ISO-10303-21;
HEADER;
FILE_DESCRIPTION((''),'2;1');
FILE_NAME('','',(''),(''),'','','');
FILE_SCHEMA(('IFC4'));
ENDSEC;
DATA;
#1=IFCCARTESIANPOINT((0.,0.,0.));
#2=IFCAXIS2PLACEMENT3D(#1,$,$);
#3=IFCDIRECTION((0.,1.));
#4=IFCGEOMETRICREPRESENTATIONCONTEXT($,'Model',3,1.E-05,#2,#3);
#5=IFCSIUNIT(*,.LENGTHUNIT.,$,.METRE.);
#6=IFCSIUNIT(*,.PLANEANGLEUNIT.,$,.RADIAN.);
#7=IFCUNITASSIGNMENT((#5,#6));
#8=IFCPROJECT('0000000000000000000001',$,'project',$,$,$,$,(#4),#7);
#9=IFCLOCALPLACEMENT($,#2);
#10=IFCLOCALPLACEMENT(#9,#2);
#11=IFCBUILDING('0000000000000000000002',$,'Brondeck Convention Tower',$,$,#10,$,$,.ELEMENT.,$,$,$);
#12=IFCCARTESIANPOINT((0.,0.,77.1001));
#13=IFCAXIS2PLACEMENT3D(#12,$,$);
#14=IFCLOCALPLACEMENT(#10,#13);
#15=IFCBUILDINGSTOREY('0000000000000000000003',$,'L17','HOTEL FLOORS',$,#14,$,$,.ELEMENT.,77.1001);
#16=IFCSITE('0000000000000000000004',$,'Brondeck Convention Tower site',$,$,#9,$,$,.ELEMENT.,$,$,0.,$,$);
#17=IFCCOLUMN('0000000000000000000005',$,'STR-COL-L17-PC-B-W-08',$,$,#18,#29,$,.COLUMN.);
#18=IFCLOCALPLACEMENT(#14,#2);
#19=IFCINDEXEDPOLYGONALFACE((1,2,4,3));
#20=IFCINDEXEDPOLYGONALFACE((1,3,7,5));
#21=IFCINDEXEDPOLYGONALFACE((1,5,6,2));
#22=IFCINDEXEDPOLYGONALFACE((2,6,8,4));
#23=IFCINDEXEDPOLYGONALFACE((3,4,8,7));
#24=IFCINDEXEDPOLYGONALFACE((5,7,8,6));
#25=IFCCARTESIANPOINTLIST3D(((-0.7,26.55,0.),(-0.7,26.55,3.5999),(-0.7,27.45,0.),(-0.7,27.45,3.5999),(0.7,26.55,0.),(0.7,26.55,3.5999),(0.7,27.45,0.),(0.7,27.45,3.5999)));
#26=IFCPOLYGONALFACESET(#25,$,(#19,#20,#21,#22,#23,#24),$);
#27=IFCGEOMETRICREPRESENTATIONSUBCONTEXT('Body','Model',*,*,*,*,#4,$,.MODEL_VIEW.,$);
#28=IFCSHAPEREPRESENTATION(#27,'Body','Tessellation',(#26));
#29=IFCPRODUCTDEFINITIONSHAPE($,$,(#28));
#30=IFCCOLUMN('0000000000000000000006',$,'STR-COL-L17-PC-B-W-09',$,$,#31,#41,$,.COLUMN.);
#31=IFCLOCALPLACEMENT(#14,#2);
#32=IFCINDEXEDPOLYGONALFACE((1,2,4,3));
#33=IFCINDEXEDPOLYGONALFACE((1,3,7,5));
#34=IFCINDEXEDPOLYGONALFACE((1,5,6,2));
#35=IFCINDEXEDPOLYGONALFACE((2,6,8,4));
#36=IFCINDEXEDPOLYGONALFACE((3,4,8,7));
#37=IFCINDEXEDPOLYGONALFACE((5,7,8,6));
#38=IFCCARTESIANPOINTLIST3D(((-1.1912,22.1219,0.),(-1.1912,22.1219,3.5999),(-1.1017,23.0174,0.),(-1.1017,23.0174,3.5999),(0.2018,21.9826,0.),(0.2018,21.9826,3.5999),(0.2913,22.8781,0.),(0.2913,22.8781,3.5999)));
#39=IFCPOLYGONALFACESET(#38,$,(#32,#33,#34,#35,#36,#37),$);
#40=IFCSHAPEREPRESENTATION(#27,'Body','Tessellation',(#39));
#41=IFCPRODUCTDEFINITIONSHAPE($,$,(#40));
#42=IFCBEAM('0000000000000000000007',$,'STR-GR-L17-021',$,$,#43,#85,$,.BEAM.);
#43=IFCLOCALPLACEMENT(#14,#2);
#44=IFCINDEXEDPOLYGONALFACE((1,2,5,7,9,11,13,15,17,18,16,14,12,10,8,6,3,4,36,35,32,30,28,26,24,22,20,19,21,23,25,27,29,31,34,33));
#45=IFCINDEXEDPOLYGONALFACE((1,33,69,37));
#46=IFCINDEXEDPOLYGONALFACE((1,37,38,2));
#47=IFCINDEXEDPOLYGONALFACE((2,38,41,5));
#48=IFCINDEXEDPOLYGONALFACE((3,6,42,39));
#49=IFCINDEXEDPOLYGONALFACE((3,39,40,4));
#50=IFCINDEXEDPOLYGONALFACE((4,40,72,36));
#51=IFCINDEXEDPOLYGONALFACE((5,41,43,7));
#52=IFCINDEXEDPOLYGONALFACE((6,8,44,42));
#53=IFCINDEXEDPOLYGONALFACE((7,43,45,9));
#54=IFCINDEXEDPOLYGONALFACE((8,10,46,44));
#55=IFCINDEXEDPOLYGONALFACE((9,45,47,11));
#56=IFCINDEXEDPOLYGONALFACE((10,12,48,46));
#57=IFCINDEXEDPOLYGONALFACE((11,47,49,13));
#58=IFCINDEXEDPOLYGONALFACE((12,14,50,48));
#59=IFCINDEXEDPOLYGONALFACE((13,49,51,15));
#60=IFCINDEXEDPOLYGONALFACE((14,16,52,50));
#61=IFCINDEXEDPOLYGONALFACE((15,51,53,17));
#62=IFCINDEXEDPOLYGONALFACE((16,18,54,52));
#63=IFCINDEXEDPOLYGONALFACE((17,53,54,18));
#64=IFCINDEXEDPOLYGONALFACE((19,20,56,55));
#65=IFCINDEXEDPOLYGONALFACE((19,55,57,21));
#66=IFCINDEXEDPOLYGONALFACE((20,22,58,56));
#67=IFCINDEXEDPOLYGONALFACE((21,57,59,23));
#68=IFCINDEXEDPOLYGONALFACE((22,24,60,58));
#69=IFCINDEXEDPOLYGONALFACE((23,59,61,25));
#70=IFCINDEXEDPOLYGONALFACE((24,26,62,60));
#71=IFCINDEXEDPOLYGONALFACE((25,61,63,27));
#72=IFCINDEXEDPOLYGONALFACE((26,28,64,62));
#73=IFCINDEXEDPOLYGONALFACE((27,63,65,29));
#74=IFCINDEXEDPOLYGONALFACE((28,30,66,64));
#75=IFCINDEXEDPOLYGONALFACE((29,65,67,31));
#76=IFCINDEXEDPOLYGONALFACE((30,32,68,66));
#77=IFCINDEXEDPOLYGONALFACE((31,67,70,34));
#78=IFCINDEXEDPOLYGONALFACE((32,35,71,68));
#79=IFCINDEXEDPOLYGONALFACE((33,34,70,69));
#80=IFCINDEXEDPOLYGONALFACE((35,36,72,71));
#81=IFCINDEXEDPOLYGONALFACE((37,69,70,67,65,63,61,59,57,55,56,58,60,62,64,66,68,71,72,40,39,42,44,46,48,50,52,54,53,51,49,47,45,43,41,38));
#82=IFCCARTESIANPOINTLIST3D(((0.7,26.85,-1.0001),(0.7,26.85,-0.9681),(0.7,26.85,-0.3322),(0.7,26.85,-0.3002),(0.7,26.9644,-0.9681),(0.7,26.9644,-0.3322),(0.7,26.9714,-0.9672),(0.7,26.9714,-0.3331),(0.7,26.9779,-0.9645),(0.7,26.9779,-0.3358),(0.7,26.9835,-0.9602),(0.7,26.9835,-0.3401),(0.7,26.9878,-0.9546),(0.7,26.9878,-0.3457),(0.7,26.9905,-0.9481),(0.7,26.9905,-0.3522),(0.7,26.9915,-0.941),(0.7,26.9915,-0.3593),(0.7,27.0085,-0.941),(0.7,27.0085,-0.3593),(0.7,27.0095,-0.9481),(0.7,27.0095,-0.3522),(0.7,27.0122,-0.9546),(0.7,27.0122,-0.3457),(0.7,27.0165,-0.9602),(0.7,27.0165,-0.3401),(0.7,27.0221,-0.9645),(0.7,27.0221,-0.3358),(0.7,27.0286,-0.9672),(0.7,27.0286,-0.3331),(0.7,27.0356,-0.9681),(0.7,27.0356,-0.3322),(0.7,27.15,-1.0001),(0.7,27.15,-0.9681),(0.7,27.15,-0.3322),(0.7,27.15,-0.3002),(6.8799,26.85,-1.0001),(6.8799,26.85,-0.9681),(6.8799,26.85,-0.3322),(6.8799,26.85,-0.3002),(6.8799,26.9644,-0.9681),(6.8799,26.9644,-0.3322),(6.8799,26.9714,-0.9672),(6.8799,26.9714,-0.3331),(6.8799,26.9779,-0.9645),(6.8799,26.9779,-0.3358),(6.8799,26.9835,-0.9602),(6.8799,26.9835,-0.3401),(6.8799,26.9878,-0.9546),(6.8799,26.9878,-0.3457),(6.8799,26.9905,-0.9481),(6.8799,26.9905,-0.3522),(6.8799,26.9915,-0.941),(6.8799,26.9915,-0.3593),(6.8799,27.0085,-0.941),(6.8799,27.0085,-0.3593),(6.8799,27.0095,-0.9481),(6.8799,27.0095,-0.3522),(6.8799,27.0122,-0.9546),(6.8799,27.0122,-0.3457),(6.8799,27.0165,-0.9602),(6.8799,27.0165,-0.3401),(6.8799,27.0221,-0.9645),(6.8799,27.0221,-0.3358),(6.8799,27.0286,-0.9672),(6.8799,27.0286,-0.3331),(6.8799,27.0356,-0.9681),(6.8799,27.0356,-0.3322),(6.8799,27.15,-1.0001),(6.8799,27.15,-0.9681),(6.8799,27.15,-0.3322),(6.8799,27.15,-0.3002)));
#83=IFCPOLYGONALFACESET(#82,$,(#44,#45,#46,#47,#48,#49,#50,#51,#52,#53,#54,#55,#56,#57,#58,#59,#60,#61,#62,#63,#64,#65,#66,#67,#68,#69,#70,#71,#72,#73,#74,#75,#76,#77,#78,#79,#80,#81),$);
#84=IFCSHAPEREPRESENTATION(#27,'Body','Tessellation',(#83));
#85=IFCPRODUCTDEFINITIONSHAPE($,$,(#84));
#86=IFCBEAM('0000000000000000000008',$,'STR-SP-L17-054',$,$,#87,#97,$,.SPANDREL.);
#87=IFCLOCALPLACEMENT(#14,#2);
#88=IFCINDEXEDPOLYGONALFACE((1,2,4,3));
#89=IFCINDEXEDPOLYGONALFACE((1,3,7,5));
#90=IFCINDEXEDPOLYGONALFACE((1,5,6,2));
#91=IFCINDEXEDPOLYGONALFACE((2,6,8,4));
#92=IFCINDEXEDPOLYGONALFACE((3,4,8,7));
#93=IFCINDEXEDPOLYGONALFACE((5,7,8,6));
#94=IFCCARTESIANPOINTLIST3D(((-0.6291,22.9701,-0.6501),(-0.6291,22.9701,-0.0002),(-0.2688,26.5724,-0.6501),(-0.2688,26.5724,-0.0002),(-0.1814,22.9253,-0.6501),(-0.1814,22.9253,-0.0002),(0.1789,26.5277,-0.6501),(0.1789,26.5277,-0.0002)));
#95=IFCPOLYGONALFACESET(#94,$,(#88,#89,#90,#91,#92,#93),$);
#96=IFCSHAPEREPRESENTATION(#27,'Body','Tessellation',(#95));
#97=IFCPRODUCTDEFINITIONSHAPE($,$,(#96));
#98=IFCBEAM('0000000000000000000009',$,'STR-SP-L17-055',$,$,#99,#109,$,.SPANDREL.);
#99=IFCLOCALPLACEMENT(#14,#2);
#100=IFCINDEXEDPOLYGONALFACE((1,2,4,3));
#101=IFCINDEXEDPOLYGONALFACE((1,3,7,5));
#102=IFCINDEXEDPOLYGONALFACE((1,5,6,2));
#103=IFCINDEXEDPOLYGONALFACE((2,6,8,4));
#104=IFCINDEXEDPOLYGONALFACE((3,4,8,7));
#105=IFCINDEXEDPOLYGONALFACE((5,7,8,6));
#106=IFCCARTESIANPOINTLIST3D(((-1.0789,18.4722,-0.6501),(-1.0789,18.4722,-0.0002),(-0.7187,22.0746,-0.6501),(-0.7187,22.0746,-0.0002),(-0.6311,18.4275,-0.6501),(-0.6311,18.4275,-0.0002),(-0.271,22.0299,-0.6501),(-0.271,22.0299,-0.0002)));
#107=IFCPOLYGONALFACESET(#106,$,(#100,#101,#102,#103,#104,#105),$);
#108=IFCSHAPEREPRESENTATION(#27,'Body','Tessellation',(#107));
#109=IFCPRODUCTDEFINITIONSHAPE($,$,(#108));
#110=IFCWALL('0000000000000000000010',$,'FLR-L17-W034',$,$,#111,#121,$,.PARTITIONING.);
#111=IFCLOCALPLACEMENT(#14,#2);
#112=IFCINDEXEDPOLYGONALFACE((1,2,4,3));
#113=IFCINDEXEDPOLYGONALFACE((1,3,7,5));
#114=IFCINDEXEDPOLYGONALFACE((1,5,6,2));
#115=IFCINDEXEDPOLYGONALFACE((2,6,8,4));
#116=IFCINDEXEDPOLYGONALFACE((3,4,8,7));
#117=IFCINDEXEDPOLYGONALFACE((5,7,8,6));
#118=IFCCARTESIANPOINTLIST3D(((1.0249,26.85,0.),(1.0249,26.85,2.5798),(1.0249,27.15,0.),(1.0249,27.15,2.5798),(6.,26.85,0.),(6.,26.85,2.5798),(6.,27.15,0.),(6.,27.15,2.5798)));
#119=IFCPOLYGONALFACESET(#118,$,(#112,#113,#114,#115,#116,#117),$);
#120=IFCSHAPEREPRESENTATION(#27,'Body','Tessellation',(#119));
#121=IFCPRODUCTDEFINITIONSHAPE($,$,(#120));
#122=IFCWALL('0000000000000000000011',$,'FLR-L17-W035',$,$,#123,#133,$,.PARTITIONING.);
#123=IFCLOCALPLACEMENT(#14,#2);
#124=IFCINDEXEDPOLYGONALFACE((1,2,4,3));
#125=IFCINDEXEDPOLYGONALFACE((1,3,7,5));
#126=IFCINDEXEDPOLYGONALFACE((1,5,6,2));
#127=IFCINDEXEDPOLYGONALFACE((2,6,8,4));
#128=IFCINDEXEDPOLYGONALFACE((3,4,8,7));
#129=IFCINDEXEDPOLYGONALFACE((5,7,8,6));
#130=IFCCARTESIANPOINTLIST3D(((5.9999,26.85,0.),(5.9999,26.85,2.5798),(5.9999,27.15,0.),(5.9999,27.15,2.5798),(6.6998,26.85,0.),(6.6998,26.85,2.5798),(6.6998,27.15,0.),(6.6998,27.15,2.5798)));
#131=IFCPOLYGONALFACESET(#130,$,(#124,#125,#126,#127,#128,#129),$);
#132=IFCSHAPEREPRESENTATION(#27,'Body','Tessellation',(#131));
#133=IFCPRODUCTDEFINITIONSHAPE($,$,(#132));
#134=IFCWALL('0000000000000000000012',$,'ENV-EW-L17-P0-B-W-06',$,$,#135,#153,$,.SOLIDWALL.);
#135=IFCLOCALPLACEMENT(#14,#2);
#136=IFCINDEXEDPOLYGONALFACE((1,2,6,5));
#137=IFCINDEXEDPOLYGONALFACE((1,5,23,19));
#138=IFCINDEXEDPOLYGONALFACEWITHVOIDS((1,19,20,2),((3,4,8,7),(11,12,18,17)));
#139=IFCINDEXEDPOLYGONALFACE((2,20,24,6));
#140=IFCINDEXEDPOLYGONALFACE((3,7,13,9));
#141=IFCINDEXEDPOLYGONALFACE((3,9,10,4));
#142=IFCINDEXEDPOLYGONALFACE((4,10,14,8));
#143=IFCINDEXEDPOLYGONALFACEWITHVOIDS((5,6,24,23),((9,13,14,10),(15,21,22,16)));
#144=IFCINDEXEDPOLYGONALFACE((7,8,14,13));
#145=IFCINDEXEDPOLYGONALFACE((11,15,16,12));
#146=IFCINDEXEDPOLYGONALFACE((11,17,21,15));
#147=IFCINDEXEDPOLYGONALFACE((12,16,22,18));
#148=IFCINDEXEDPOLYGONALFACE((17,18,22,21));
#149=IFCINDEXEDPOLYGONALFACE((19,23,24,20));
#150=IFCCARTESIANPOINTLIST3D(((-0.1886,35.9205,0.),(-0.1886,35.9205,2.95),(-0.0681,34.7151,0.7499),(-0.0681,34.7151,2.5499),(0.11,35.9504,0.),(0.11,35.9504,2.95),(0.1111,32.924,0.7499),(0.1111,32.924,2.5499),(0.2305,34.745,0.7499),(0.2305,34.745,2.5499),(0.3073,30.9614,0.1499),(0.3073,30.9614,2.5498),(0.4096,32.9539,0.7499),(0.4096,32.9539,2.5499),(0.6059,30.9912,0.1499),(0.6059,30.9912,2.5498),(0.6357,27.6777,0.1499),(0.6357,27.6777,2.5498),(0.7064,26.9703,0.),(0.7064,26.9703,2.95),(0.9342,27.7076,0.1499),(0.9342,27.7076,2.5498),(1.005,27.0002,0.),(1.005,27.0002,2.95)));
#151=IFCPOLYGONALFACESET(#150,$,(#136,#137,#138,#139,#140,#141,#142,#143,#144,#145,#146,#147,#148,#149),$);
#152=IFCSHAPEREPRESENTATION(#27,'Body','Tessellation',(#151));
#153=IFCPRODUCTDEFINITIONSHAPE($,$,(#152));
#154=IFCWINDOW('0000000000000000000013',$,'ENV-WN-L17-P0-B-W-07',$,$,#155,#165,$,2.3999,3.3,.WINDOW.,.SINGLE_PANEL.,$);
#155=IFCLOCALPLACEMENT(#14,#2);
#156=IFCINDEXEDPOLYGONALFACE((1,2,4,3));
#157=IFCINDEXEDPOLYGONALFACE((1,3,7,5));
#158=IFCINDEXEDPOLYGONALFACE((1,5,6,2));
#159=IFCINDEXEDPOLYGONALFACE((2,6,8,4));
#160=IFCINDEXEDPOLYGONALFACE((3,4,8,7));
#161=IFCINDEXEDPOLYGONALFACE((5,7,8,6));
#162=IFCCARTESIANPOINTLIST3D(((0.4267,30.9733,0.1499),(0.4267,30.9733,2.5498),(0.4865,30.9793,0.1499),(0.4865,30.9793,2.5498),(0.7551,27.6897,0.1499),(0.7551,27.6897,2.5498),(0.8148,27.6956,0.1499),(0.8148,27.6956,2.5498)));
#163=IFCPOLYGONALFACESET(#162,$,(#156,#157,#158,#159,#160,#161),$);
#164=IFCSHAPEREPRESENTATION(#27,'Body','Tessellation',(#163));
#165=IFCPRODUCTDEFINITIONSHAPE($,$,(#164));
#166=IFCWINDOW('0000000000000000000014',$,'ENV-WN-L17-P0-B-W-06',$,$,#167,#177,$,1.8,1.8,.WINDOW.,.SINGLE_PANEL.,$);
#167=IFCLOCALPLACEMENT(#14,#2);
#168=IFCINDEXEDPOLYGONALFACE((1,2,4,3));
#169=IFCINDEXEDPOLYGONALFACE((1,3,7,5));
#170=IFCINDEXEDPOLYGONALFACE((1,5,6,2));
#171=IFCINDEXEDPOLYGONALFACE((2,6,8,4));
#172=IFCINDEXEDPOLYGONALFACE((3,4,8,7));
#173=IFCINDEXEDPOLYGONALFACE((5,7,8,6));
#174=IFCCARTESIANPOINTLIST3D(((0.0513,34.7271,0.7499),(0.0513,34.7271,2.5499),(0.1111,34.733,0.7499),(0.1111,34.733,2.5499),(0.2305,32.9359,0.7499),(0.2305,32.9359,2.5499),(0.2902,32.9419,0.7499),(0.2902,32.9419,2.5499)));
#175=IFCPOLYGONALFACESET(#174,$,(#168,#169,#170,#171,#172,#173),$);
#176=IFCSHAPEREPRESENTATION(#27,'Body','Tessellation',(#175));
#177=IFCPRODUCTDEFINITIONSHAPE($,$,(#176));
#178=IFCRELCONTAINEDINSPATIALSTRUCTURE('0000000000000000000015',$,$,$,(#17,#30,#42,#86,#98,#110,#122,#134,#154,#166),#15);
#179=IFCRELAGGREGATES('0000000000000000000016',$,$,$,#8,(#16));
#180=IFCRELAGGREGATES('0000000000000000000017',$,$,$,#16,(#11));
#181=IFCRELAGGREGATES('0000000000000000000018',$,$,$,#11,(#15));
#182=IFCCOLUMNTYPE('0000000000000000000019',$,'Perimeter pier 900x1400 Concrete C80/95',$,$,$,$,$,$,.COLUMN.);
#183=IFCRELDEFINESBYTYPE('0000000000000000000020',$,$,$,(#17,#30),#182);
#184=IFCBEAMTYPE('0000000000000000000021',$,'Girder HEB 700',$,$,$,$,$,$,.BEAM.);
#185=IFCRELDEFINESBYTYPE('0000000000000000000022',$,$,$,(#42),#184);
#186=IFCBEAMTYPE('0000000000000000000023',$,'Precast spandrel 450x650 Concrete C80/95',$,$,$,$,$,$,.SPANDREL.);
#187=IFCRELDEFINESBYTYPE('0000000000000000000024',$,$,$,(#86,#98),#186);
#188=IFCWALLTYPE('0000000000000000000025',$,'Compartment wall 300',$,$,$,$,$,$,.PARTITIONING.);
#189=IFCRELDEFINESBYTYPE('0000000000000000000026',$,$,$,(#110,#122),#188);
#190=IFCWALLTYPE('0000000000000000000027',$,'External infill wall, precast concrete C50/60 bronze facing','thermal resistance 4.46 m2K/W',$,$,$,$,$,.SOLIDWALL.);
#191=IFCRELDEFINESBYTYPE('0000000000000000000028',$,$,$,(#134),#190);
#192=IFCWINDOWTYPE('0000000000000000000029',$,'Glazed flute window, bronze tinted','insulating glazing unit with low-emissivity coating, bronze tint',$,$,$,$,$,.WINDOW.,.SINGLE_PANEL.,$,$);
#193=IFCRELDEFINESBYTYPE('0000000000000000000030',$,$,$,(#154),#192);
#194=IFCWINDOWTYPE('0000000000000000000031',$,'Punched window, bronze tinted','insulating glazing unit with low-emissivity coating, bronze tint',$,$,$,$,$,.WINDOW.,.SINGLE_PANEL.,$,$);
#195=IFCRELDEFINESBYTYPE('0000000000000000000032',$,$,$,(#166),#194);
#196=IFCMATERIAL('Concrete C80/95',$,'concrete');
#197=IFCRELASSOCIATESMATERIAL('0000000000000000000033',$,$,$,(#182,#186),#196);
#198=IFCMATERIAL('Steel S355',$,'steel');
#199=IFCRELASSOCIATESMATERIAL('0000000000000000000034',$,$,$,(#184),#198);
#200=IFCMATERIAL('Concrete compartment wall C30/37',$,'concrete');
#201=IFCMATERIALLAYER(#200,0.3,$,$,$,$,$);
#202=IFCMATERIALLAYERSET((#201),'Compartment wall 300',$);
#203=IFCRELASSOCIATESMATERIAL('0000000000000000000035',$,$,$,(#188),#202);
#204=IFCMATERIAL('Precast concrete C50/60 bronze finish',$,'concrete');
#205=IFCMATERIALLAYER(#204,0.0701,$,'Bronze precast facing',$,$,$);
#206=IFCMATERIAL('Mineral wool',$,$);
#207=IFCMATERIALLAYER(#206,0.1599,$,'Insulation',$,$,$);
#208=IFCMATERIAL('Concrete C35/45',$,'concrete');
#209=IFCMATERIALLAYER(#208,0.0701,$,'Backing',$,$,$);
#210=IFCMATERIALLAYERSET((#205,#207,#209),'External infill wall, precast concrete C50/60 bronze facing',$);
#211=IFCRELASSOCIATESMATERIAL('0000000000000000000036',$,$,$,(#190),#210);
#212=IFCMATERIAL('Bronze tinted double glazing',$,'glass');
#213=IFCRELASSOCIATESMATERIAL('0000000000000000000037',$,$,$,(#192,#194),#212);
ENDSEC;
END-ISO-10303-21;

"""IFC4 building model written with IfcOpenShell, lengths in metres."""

from ifc_helpers import new_model, si_unit, direction, frame, frame_2d, origin, origin_2d, place, context, subcontext, project, spatial, rectangle, i_section, extrude, material, layer, layer_set, material_profile, profile_set, type_object, element, fill, save


model = new_model("IFC4")

# Units and contexts
model_context = context("Model", 3, precision=1e-05, world=origin(), true_north=direction((0.0, 1.0)))
body_context = subcontext(model_context, "Body", "Model", "MODEL_VIEW")
ifc_project = project(units=[si_unit("LENGTHUNIT", "METRE"), si_unit("PLANEANGLEUNIT", "RADIAN")], contexts=[model_context])

# Site, building, storey
site_placement = place(None, origin())
site = spatial("IfcSite", under=ifc_project, at=site_placement, Name="Brondeck Convention Tower site", CompositionType="ELEMENT", RefElevation=0.0)
building_placement = place(site_placement, origin())
building = spatial("IfcBuilding", under=site, at=building_placement, Name="Brondeck Convention Tower", CompositionType="ELEMENT")
storey_placement = place(building_placement, frame((0.0, 0.0, 77.1001)))
storey = spatial("IfcBuildingStorey", under=building, at=storey_placement, Name="L17", Description="HOTEL FLOORS", CompositionType="ELEMENT", Elevation=77.1001)

# Columns
ifc_material_1 = material(Name="Concrete C80/95", Category="concrete")
ifc_material_profile_1 = material_profile(ifc_material_1, rectangle(XDim=0.8999, YDim=1.3999, at=origin_2d()), Name="Perimeter pier 900x1400 Concrete C80/95")
ifc_profile_set_1 = profile_set([ifc_material_profile_1], Name="Concrete C80/95")
column_type = type_object("IfcColumnType", Name="Perimeter pier 900x1400 Concrete C80/95", PredefinedType="COLUMN", material=ifc_profile_set_1)
for number, where, z_axis, x_axis, name in (
    (1, (0.0, 27.0, 0.0), (0.0, 0.0, 1.0), (0.0, -1.0, 0.0), "STR-COL-L17-PC-B-W-08"),
    (2, (-0.45, 22.5, 0.0), (0.0, 0.0, 1.0), (-0.099504, -0.995037, 0.0), "STR-COL-L17-PC-B-W-09"),
):
    element("IfcColumn", number, at=place(storey_placement, frame(where, z_axis=z_axis, x_axis=x_axis)), inside=storey, type_object=column_type, Name=name, PredefinedType="COLUMN", context=body_context, shape_type="SweptSolid", body=[
        extrude(rectangle(XDim=0.8999, YDim=1.3999, at=origin_2d()), origin(), (0.0, 0.0, 1.0), 3.5999),
    ])

# Beams
ifc_material_2 = material(Name="Steel S355", Category="steel")
ifc_material_profile_2 = material_profile(ifc_material_2, i_section(OverallWidth=0.3, OverallDepth=0.7, WebThickness=0.0171, FlangeThickness=0.032, FilletRadius=0.0271, at=origin_2d()), Name="HEB 700")
ifc_profile_set_2 = profile_set([ifc_material_profile_2], Name="Steel S355")
beam_type_1 = type_object("IfcBeamType", Name="Girder HEB 700", PredefinedType="BEAM", material=ifc_profile_set_2)
beam_placement = place(storey_placement, frame((0.7, 27.0, -0.6501), z_axis=(1.0, 0.0, 0.0), x_axis=(0.0, 1.0, 0.0)))
element("IfcBeam", 3, at=beam_placement, inside=storey, type_object=beam_type_1, Name="STR-GR-L17-021", PredefinedType="BEAM", context=body_context, shape_type="SweptSolid", body=[
    extrude(i_section(OverallWidth=0.3, OverallDepth=0.7, WebThickness=0.0171, FlangeThickness=0.032, FilletRadius=0.0271, at=origin_2d()), origin(), (0.0, 0.0, 1.0), 6.1799),
])
ifc_material_profile_3 = material_profile(ifc_material_1, rectangle(XDim=0.45, YDim=0.6499, at=origin_2d()), Name="Precast spandrel 450x650 Concrete C80/95")
ifc_profile_set_3 = profile_set([ifc_material_profile_3], Name="Concrete C80/95")
beam_type_2 = type_object("IfcBeamType", Name="Precast spandrel 450x650 Concrete C80/95", PredefinedType="SPANDREL", material=ifc_profile_set_3)
for number, where, z_axis, x_axis, name in (
    (4, (-0.0449, 26.55, -0.3252), (-0.099537, -0.995034, 0.0), (0.995034, -0.099537, 0.0), "STR-SP-L17-054"),
    (5, (-0.4949, 22.0522, -0.3252), (-0.09947, -0.995041, 0.0), (0.995041, -0.09947, 0.0), "STR-SP-L17-055"),
):
    element("IfcBeam", number, at=place(storey_placement, frame(where, z_axis=z_axis, x_axis=x_axis)), inside=storey, type_object=beam_type_2, Name=name, PredefinedType="SPANDREL", context=body_context, shape_type="SweptSolid", body=[
        extrude(rectangle(XDim=0.45, YDim=0.6499, at=origin_2d()), origin(), (0.0, 0.0, 1.0), 3.6204),
    ])

# Walls
ifc_material_3 = material(Name="Concrete compartment wall C30/37", Category="concrete")
ifc_layer_1 = layer(ifc_material_3, 0.3)
ifc_layer_set_1 = layer_set([ifc_layer_1], Name="Compartment wall 300")
wall_type_1 = type_object("IfcWallType", Name="Compartment wall 300", PredefinedType="PARTITIONING", material=ifc_layer_set_1)
wall_1_placement = place(storey_placement, frame((6.0, 27.0, 0.0), z_axis=(0.0, 0.0, 1.0), x_axis=(-1.0, 0.0, 0.0)))
element("IfcWall", 6, at=wall_1_placement, inside=storey, type_object=wall_type_1, Name="FLR-L17-W034", PredefinedType="PARTITIONING", context=body_context, shape_type="SweptSolid", body=[
    extrude(rectangle(XDim=4.9751, YDim=0.3, at=frame_2d((2.4875, 0.0))), origin(), (0.0, 0.0, 1.0), 2.5798),
])
wall_2_placement = place(storey_placement, frame((6.7, 27.0, 0.0), z_axis=(0.0, 0.0, 1.0), x_axis=(-1.0, 0.0, 0.0)))
element("IfcWall", 7, at=wall_2_placement, inside=storey, type_object=wall_type_1, Name="FLR-L17-W035", PredefinedType="PARTITIONING", context=body_context, shape_type="SweptSolid", body=[
    extrude(rectangle(XDim=0.7, YDim=0.3, at=frame_2d((0.3501, 0.0))), origin(), (0.0, 0.0, 1.0), 2.5798),
])

# Wall, openings, windows
ifc_material_4 = material(Name="Precast concrete C50/60 bronze finish", Category="concrete")
ifc_layer_2 = layer(ifc_material_4, 0.0701, Name="Bronze precast facing")
ifc_material_5 = material(Name="Mineral wool")
ifc_layer_3 = layer(ifc_material_5, 0.1599, Name="Insulation")
ifc_material_6 = material(Name="Concrete C35/45", Category="concrete")
ifc_layer_4 = layer(ifc_material_6, 0.0701, Name="Backing")
ifc_layer_set_2 = layer_set([ifc_layer_2, ifc_layer_3, ifc_layer_4], Name="External infill wall, precast concrete C50/60 bronze facing")
wall_type_2 = type_object("IfcWallType", Name="External infill wall, precast concrete C50/60 bronze facing", Description="thermal resistance 4.46 m2K/W", PredefinedType="SOLIDWALL", material=ifc_layer_set_2)
wall_3_placement = place(storey_placement, frame((0.8557, 26.9851, 0.0), z_axis=(0.0, 0.0, 1.0), x_axis=(-0.099504, 0.995037, 0.0)))
wall_3 = element("IfcWall", 8, at=wall_3_placement, inside=storey, type_object=wall_type_2, Name="ENV-EW-L17-P0-B-W-06", PredefinedType="SOLIDWALL", context=body_context, shape_type="SweptSolid", body=[
    extrude(rectangle(XDim=8.9949, YDim=0.3, at=frame_2d((4.4976, 0.0))), origin(), (0.0, 0.0, 1.0), 2.95),
])
opening_1_placement = place(wall_3_placement, frame((0.7112, 0.0, 0.1499)))
opening_1 = element("IfcOpeningElement", 9, at=opening_1_placement, cuts=wall_3, PredefinedType="OPENING", context=body_context, shape_type="SweptSolid", body=[
    extrude(rectangle(XDim=3.3, YDim=2.3999, at=frame_2d((1.6499, 1.2))), frame((0.0, 0.1599, 0.0), z_axis=(0.0, -1.0, 0.0), x_axis=(1.0, 0.0, 0.0)), (0.0, 0.0, 1.0), 0.3201),
])
opening_2_placement = place(wall_3_placement, frame((5.9836, 0.0, 0.75)))
opening_2 = element("IfcOpeningElement", 10, at=opening_2_placement, cuts=wall_3, PredefinedType="OPENING", context=body_context, shape_type="SweptSolid", body=[
    extrude(rectangle(XDim=1.8, YDim=1.8, at=frame_2d((0.8999, 0.8999))), frame((0.0, 0.1599, 0.0), z_axis=(0.0, -1.0, 0.0), x_axis=(1.0, 0.0, 0.0)), (0.0, 0.0, 1.0), 0.3201),
])
ifc_material_7 = material(Name="Bronze tinted double glazing", Category="glass")
window_type_1 = type_object("IfcWindowType", Name="Glazed flute window, bronze tinted", Description="insulating glazing unit with low-emissivity coating, bronze tint", PartitioningType="SINGLE_PANEL", PredefinedType="WINDOW", material=ifc_material_7)
window_1_placement = place(opening_1_placement, origin())
window_1 = element("IfcWindow", 11, at=window_1_placement, inside=storey, type_object=window_type_1, Name="ENV-WN-L17-P0-B-W-07", OverallHeight=2.3999, OverallWidth=3.3, PartitioningType="SINGLE_PANEL", PredefinedType="WINDOW", context=body_context, shape_type="SweptSolid", body=[
    extrude(rectangle(XDim=3.3, YDim=2.3999, at=frame_2d((1.6499, 1.2))), frame((0.0, 0.03, 0.0), z_axis=(0.0, -1.0, 0.0), x_axis=(1.0, 0.0, 0.0)), (0.0, 0.0, 1.0), 0.0601),
])
fill(opening_1, window_1)
window_type_2 = type_object("IfcWindowType", Name="Punched window, bronze tinted", Description="insulating glazing unit with low-emissivity coating, bronze tint", PartitioningType="SINGLE_PANEL", PredefinedType="WINDOW", material=ifc_material_7)
window_2_placement = place(opening_2_placement, origin())
window_2 = element("IfcWindow", 12, at=window_2_placement, inside=storey, type_object=window_type_2, Name="ENV-WN-L17-P0-B-W-06", OverallHeight=1.8, OverallWidth=1.8, PartitioningType="SINGLE_PANEL", PredefinedType="WINDOW", context=body_context, shape_type="SweptSolid", body=[
    extrude(rectangle(XDim=1.8, YDim=1.8, at=frame_2d((0.8999, 0.8999))), frame((0.0, 0.03, 0.0), z_axis=(0.0, -1.0, 0.0), x_axis=(1.0, 0.0, 0.0)), (0.0, 0.0, 1.0), 0.0601),
])
fill(opening_2, window_2)

save(model, "model.ifc")
